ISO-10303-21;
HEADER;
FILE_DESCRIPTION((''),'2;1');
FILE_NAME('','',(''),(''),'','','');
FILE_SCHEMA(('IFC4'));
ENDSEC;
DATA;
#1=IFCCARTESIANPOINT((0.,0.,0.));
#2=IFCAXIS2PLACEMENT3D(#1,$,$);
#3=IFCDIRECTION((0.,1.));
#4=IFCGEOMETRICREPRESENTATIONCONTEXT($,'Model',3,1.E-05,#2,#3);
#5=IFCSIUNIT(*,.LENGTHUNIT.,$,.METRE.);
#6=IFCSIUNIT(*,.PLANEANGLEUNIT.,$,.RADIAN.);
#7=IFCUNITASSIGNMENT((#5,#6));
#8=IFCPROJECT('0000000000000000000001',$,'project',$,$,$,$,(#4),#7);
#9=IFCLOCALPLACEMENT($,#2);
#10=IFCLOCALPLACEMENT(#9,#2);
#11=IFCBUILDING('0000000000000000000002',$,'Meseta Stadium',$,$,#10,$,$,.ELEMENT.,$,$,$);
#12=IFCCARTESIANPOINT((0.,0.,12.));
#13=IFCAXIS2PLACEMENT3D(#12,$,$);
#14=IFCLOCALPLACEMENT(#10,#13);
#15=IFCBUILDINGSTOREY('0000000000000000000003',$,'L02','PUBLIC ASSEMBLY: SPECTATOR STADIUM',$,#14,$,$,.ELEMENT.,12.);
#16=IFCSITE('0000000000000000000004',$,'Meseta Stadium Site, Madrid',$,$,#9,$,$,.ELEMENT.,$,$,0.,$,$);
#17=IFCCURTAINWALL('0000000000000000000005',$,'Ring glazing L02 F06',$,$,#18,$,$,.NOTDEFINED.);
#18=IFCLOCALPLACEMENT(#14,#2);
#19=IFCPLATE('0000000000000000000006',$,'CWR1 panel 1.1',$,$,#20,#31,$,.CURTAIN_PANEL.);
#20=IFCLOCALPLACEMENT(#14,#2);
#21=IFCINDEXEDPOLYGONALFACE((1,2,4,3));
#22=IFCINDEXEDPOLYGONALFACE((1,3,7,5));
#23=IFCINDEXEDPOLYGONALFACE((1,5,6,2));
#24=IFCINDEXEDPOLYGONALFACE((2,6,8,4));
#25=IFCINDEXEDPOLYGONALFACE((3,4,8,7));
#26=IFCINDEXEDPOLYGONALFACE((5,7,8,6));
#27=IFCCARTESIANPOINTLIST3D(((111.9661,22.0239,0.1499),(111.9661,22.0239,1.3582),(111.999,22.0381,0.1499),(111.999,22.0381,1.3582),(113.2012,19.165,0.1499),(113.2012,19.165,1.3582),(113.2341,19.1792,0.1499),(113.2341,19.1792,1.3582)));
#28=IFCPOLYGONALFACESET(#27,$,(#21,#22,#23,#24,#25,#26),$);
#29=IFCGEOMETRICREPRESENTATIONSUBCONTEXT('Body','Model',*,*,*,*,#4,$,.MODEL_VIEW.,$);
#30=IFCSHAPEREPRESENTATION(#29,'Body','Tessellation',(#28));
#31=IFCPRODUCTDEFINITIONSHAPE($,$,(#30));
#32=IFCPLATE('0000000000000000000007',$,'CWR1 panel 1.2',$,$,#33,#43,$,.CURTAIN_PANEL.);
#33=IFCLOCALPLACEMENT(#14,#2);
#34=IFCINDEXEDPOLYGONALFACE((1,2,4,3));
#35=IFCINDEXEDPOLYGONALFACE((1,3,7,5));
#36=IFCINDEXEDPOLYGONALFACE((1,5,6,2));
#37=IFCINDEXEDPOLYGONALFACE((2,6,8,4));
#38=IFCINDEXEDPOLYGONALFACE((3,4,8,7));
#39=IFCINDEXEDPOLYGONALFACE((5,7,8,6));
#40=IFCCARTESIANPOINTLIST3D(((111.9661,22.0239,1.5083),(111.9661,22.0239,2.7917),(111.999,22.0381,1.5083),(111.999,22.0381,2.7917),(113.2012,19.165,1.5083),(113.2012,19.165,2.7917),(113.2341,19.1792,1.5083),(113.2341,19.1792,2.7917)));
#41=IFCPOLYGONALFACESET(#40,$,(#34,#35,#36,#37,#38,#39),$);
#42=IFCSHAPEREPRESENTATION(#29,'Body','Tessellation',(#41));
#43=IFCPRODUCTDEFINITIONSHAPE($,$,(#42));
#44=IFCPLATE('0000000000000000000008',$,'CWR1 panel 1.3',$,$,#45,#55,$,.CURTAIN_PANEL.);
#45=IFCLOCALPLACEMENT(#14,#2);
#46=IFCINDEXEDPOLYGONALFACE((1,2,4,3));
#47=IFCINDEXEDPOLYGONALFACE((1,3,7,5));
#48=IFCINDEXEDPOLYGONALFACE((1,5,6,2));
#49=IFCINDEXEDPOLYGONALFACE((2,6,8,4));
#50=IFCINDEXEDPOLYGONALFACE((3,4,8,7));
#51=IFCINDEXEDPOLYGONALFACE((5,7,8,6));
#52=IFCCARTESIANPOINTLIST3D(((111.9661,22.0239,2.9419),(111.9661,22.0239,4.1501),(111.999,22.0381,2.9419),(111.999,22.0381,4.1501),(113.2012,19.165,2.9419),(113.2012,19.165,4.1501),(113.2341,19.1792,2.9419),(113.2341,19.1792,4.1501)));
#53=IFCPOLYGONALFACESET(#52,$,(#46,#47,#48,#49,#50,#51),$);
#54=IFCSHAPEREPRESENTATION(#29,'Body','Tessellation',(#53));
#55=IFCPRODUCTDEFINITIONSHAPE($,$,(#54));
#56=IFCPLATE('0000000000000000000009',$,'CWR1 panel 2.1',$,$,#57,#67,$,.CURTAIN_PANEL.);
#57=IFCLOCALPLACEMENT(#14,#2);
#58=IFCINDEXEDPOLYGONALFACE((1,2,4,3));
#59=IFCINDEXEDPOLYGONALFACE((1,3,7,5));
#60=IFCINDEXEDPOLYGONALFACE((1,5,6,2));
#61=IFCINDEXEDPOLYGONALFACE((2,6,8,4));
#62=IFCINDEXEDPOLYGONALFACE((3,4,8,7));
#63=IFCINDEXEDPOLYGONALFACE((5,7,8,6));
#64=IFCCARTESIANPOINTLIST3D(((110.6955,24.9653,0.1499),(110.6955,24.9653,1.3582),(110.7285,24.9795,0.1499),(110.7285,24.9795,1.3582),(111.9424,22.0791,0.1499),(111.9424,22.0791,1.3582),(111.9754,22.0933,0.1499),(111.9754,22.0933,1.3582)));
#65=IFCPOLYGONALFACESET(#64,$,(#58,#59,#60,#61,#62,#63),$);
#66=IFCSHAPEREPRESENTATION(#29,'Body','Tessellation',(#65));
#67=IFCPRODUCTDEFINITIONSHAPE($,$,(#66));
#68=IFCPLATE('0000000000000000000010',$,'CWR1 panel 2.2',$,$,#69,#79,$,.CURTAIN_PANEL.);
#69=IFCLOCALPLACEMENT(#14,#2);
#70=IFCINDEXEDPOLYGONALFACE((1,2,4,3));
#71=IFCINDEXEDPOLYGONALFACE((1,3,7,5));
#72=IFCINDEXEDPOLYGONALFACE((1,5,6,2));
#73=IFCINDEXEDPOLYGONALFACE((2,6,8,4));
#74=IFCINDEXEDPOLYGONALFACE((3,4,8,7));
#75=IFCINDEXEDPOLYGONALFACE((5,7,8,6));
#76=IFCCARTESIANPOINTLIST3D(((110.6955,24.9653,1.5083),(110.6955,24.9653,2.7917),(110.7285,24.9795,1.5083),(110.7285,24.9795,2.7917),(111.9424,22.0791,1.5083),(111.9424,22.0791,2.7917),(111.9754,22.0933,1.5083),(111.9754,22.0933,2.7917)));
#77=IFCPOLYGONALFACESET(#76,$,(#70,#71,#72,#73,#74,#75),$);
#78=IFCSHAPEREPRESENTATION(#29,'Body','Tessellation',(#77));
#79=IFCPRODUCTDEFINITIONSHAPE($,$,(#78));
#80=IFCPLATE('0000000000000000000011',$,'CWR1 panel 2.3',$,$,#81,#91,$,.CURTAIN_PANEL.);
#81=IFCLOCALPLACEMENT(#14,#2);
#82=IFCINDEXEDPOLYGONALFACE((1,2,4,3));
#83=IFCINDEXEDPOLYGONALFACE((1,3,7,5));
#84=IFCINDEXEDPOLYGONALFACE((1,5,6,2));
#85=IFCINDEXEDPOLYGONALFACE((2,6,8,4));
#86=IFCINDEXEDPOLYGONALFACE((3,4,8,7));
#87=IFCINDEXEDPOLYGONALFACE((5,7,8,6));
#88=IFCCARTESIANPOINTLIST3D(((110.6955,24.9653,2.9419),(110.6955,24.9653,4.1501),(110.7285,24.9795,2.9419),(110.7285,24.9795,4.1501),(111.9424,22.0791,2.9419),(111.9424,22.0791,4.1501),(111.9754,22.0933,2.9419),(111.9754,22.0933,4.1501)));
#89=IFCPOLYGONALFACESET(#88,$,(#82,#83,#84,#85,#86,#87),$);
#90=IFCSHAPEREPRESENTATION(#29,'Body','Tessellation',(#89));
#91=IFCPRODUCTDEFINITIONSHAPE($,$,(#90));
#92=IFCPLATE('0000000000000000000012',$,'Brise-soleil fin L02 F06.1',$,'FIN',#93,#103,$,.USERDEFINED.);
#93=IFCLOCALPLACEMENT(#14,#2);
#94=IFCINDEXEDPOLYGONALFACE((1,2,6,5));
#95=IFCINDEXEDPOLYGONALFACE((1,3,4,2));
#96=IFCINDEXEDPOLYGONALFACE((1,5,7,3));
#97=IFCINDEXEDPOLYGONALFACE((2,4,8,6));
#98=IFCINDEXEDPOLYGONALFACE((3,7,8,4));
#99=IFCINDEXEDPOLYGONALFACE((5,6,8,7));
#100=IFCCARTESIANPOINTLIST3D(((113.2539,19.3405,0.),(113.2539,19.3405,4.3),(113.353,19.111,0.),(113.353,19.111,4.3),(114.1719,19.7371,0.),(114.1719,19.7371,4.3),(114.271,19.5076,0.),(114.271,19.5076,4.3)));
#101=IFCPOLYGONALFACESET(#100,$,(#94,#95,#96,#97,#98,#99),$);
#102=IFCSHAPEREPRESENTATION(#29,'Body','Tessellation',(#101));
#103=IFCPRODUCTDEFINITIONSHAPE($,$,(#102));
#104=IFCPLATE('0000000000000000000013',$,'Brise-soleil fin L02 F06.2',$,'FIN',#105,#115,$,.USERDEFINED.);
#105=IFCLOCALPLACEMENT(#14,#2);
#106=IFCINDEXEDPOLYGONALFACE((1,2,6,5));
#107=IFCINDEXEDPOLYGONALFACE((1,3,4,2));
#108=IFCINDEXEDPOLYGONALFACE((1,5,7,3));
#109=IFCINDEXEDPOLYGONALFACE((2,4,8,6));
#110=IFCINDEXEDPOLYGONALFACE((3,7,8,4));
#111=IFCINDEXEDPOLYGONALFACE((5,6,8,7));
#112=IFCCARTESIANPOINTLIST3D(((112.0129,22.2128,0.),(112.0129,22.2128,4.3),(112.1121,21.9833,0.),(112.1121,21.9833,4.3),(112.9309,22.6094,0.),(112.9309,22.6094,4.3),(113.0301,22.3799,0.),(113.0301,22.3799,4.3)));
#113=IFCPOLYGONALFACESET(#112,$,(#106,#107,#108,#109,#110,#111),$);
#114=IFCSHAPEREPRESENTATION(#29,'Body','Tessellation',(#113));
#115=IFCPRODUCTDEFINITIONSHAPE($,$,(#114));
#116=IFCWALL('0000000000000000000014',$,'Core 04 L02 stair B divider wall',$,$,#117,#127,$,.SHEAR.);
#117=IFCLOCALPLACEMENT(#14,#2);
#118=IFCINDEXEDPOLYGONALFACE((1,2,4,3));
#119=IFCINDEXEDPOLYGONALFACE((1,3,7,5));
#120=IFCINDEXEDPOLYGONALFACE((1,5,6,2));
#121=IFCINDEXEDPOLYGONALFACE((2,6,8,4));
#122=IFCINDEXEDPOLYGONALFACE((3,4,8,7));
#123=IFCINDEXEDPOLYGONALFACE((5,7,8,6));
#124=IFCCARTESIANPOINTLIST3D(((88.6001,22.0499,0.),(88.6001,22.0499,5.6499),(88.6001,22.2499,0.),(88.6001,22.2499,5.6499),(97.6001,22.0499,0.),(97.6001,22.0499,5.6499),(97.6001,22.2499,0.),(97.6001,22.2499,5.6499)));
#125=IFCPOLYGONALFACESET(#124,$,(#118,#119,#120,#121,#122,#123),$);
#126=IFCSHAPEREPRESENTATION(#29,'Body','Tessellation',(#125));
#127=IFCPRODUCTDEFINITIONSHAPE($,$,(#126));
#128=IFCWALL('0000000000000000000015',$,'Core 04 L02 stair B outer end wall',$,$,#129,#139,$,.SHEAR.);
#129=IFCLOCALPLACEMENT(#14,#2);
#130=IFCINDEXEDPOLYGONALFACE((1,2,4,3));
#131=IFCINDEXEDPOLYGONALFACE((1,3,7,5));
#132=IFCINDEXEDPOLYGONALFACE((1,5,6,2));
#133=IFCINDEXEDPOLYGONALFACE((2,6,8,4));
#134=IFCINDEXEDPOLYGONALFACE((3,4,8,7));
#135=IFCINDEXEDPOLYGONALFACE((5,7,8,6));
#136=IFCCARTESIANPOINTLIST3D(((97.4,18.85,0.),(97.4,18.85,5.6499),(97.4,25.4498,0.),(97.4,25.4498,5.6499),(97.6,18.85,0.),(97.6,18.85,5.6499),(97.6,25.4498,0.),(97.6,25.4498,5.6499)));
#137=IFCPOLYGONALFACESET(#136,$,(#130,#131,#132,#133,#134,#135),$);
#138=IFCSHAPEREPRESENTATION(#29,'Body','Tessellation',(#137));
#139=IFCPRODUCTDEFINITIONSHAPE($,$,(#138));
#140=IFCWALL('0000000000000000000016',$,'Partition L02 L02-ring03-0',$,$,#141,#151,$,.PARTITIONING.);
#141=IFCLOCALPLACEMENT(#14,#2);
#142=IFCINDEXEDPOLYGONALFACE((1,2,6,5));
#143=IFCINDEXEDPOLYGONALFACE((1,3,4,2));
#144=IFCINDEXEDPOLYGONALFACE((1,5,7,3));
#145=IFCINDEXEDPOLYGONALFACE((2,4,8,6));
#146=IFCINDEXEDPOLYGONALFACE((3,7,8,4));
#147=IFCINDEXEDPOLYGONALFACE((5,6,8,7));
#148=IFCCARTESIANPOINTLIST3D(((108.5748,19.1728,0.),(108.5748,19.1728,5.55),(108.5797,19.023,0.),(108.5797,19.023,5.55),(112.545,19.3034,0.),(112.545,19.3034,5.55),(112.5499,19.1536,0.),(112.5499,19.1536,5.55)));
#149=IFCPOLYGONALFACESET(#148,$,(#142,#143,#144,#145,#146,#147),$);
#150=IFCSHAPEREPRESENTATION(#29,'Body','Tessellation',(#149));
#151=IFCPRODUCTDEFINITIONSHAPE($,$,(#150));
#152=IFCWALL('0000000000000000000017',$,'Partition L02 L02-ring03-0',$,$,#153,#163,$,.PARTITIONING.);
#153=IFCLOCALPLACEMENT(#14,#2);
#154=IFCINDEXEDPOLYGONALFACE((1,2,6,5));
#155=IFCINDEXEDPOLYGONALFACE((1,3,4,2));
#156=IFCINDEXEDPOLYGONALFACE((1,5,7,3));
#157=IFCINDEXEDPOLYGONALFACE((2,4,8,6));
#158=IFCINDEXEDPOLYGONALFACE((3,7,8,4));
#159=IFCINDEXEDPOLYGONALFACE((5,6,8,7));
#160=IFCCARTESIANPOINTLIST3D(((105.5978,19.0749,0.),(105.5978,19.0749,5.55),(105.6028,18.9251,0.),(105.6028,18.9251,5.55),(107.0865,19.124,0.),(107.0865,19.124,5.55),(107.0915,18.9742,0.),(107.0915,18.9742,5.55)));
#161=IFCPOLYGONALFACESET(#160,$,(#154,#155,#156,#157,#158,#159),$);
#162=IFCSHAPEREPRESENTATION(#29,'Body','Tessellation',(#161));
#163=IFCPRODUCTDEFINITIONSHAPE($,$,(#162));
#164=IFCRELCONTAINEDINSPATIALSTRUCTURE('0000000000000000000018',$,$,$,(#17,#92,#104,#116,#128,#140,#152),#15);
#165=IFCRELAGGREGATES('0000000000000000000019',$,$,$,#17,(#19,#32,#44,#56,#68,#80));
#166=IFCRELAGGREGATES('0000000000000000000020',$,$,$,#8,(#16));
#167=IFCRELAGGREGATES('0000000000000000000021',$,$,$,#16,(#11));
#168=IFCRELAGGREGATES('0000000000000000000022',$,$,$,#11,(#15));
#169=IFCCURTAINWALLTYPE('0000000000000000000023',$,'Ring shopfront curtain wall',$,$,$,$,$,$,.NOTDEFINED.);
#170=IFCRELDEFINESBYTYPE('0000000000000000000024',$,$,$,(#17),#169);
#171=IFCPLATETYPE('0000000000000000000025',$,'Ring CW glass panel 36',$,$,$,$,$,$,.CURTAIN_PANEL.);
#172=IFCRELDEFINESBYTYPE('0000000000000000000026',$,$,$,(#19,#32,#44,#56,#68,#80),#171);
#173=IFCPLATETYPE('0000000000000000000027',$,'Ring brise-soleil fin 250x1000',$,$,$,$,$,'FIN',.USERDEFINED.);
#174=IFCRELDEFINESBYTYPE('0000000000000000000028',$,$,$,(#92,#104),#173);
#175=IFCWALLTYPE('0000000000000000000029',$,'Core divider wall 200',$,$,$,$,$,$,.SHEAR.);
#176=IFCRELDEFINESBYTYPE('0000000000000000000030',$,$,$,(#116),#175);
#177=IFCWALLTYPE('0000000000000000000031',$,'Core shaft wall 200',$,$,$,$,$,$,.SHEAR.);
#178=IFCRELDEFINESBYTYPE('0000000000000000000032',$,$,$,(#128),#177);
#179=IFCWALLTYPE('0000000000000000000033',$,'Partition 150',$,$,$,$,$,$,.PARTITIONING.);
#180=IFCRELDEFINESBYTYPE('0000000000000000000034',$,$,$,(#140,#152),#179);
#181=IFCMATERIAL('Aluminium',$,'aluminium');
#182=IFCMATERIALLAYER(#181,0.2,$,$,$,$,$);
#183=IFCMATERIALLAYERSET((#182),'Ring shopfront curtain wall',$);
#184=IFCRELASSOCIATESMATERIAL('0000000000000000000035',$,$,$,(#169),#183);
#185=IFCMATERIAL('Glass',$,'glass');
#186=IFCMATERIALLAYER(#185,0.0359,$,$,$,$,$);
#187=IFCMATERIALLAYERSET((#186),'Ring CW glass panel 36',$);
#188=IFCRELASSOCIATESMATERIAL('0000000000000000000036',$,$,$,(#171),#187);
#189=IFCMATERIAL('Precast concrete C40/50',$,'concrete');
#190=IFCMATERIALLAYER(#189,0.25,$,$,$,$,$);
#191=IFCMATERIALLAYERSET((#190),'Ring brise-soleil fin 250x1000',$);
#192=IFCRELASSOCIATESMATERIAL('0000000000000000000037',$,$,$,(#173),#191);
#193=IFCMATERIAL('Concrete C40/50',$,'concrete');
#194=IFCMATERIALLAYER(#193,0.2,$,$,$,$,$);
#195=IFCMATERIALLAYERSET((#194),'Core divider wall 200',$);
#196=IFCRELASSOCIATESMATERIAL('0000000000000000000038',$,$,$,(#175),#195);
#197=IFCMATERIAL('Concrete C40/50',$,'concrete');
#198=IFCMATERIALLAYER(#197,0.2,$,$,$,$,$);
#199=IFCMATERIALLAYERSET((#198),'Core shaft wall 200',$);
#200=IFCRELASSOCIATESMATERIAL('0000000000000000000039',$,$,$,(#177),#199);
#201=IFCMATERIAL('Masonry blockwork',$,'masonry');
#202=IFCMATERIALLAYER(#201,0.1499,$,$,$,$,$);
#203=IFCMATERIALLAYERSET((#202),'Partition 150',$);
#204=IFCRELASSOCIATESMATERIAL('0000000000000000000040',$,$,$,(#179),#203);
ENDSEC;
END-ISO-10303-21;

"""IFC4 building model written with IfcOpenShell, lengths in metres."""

from ifc_helpers import new_model, si_unit, direction, frame, frame_2d, origin, origin_2d, place, context, subcontext, project, spatial, rectangle, extrude, material, layer, layer_set, type_object, element, aggregate, save


model = new_model("IFC4")

# Units and contexts
model_context = context("Model", 3, precision=1e-05, world=origin(), true_north=direction((0.0, 1.0)))
body_context = subcontext(model_context, "Body", "Model", "MODEL_VIEW")
ifc_project = project(units=[si_unit("LENGTHUNIT", "METRE"), si_unit("PLANEANGLEUNIT", "RADIAN")], contexts=[model_context])

# Site, building, storey
site_placement = place(None, origin())
site = spatial("IfcSite", under=ifc_project, at=site_placement, Name="Meseta Stadium Site, Madrid", CompositionType="ELEMENT", RefElevation=0.0)
building_placement = place(site_placement, origin())
building = spatial("IfcBuilding", under=site, at=building_placement, Name="Meseta Stadium", CompositionType="ELEMENT")
storey_placement = place(building_placement, frame((0.0, 0.0, 12.0)))
storey = spatial("IfcBuildingStorey", under=building, at=storey_placement, Name="L02", Description="PUBLIC ASSEMBLY: SPECTATOR STADIUM", CompositionType="ELEMENT", Elevation=12.0)

# Curtain wall, plates
ifc_material_1 = material(Name="Aluminium", Category="aluminium")
ifc_layer_1 = layer(ifc_material_1, 0.2)
ifc_layer_set_1 = layer_set([ifc_layer_1], Name="Ring shopfront curtain wall")
curtain_wall_type = type_object("IfcCurtainWallType", Name="Ring shopfront curtain wall", PredefinedType="NOTDEFINED", material=ifc_layer_set_1)
curtain_wall_placement = place(storey_placement, origin())
curtain_wall = element("IfcCurtainWall", 1, at=curtain_wall_placement, inside=storey, type_object=curtain_wall_type, Name="Ring glazing L02 F06", PredefinedType="NOTDEFINED")
ifc_material_2 = material(Name="Glass", Category="glass")
ifc_layer_2 = layer(ifc_material_2, 0.0359)
ifc_layer_set_2 = layer_set([ifc_layer_2], Name="Ring CW glass panel 36")
plate_type_1 = type_object("IfcPlateType", Name="Ring CW glass panel 36", PredefinedType="CURTAIN_PANEL", material=ifc_layer_set_2)
plate_1_placement = place(storey_placement, frame((112.6001, 20.6016, 0.1499), z_axis=(0.0, 0.0, 1.0), x_axis=(-0.396581, 0.918, 0.0)))
plate_1 = element("IfcPlate", 2, at=plate_1_placement, type_object=plate_type_1, Name="CWR1 panel 1.1", PredefinedType="CURTAIN_PANEL", context=body_context, shape_type="SweptSolid", body=[
    extrude(rectangle(XDim=3.1143, YDim=0.0359, at=origin_2d()), origin(), (0.0, 0.0, 1.0), 1.2083),
])
plate_2_placement = place(storey_placement, frame((112.6001, 20.6016, 1.5083), z_axis=(0.0, 0.0, 1.0), x_axis=(-0.396581, 0.918, 0.0)))
plate_2 = element("IfcPlate", 3, at=plate_2_placement, type_object=plate_type_1, Name="CWR1 panel 1.2", PredefinedType="CURTAIN_PANEL", context=body_context, shape_type="SweptSolid", body=[
    extrude(rectangle(XDim=3.1143, YDim=0.0359, at=origin_2d()), origin(), (0.0, 0.0, 1.0), 1.2834),
])
plate_3_placement = place(storey_placement, frame((112.6001, 20.6016, 2.9419), z_axis=(0.0, 0.0, 1.0), x_axis=(-0.396581, 0.918, 0.0)))
plate_3 = element("IfcPlate", 4, at=plate_3_placement, type_object=plate_type_1, Name="CWR1 panel 1.3", PredefinedType="CURTAIN_PANEL", context=body_context, shape_type="SweptSolid", body=[
    extrude(rectangle(XDim=3.1143, YDim=0.0359, at=origin_2d()), origin(), (0.0, 0.0, 1.0), 1.2083),
])
plate_4_placement = place(storey_placement, frame((111.3354, 23.5293, 0.1499), z_axis=(0.0, 0.0, 1.0), x_axis=(-0.396581, 0.918, 0.0)))
plate_4 = element("IfcPlate", 5, at=plate_4_placement, type_object=plate_type_1, Name="CWR1 panel 2.1", PredefinedType="CURTAIN_PANEL", context=body_context, shape_type="SweptSolid", body=[
    extrude(rectangle(XDim=3.144, YDim=0.0359, at=origin_2d()), origin(), (0.0, 0.0, 1.0), 1.2083),
])
plate_5_placement = place(storey_placement, frame((111.3354, 23.5293, 1.5083), z_axis=(0.0, 0.0, 1.0), x_axis=(-0.396581, 0.918, 0.0)))
plate_5 = element("IfcPlate", 6, at=plate_5_placement, type_object=plate_type_1, Name="CWR1 panel 2.2", PredefinedType="CURTAIN_PANEL", context=body_context, shape_type="SweptSolid", body=[
    extrude(rectangle(XDim=3.144, YDim=0.0359, at=origin_2d()), origin(), (0.0, 0.0, 1.0), 1.2834),
])
plate_6_placement = place(storey_placement, frame((111.3354, 23.5293, 2.9419), z_axis=(0.0, 0.0, 1.0), x_axis=(-0.396581, 0.918, 0.0)))
plate_6 = element("IfcPlate", 7, at=plate_6_placement, type_object=plate_type_1, Name="CWR1 panel 2.3", PredefinedType="CURTAIN_PANEL", context=body_context, shape_type="SweptSolid", body=[
    extrude(rectangle(XDim=3.144, YDim=0.0359, at=origin_2d()), origin(), (0.0, 0.0, 1.0), 1.2083),
])
aggregate(curtain_wall, [plate_1, plate_2, plate_3, plate_4, plate_5, plate_6])

# Plates
ifc_material_3 = material(Name="Precast concrete C40/50", Category="concrete")
ifc_layer_3 = layer(ifc_material_3, 0.25)
ifc_layer_set_3 = layer_set([ifc_layer_3], Name="Ring brise-soleil fin 250x1000")
plate_type_2 = type_object("IfcPlateType", Name="Ring brise-soleil fin 250x1000", ElementType="FIN", PredefinedType="USERDEFINED", material=ifc_layer_set_3)
for number, where, z_axis, x_axis, name in (
    (8, (113.7625, 19.4241, 0.0), (0.0, 0.0, 1.0), (-0.396576, 0.918002, 0.0), "Brise-soleil fin L02 F06.1"),
    (9, (112.5215, 22.2964, 0.0), (0.0, 0.0, 1.0), (-0.396576, 0.918002, 0.0), "Brise-soleil fin L02 F06.2"),
):
    element("IfcPlate", number, at=place(storey_placement, frame(where, z_axis=z_axis, x_axis=x_axis)), inside=storey, type_object=plate_type_2, Name=name, ObjectType="FIN", PredefinedType="USERDEFINED", context=body_context, shape_type="SweptSolid", body=[
        extrude(rectangle(XDim=0.25, YDim=1.0, at=origin_2d()), origin(), (0.0, 0.0, 1.0), 4.3),
    ])

# Walls
ifc_material_4 = material(Name="Concrete C40/50", Category="concrete")
ifc_layer_4 = layer(ifc_material_4, 0.2)
ifc_layer_set_4 = layer_set([ifc_layer_4], Name="Core divider wall 200")
wall_type_1 = type_object("IfcWallType", Name="Core divider wall 200", PredefinedType="SHEAR", material=ifc_layer_set_4)
wall_1_placement = place(storey_placement, frame((97.6001, 22.1499, 0.0), z_axis=(0.0, 0.0, 1.0), x_axis=(-1.0, 0.0, 0.0)))
element("IfcWall", 10, at=wall_1_placement, inside=storey, type_object=wall_type_1, Name="Core 04 L02 stair B divider wall", PredefinedType="SHEAR", context=body_context, shape_type="SweptSolid", body=[
    extrude(rectangle(XDim=9.0, YDim=0.2, at=frame_2d((4.5, 0.0))), origin(), (0.0, 0.0, 1.0), 5.6499),
])
ifc_material_5 = material(Name="Concrete C40/50", Category="concrete")
ifc_layer_5 = layer(ifc_material_5, 0.2)
ifc_layer_set_5 = layer_set([ifc_layer_5], Name="Core shaft wall 200")
wall_type_2 = type_object("IfcWallType", Name="Core shaft wall 200", PredefinedType="SHEAR", material=ifc_layer_set_5)
wall_2_placement = place(storey_placement, frame((97.5, 18.8501, 0.0), z_axis=(0.0, 0.0, 1.0), x_axis=(0.0, 1.0, 0.0)))
element("IfcWall", 11, at=wall_2_placement, inside=storey, type_object=wall_type_2, Name="Core 04 L02 stair B outer end wall", PredefinedType="SHEAR", context=body_context, shape_type="SweptSolid", body=[
    extrude(rectangle(XDim=6.5999, YDim=0.2, at=frame_2d((3.2998, 0.0))), origin(), (0.0, 0.0, 1.0), 5.6499),
])
ifc_material_6 = material(Name="Masonry blockwork", Category="masonry")
ifc_layer_6 = layer(ifc_material_6, 0.1499)
ifc_layer_set_6 = layer_set([ifc_layer_6], Name="Partition 150")
wall_type_3 = type_object("IfcWallType", Name="Partition 150", PredefinedType="PARTITIONING", material=ifc_layer_set_6)
wall_3_placement = place(storey_placement, frame((112.5476, 19.2285, 0.0), z_axis=(0.0, 0.0, 1.0), x_axis=(-0.999459, -0.032881, 0.0)))
element("IfcWall", 12, at=wall_3_placement, inside=storey, type_object=wall_type_3, Name="Partition L02 L02-ring03-0", PredefinedType="PARTITIONING", context=body_context, shape_type="SweptSolid", body=[
    extrude(rectangle(XDim=3.9724, YDim=0.1499, at=frame_2d((1.9863, 0.0))), origin(), (0.0, 0.0, 1.0), 5.55),
])
wall_4_placement = place(storey_placement, frame((107.0889, 19.0491, 0.0), z_axis=(0.0, 0.0, 1.0), x_axis=(-0.999457, -0.032944, 0.0)))
element("IfcWall", 13, at=wall_4_placement, inside=storey, type_object=wall_type_3, Name="Partition L02 L02-ring03-0", PredefinedType="PARTITIONING", context=body_context, shape_type="SweptSolid", body=[
    extrude(rectangle(XDim=1.4895, YDim=0.1499, at=frame_2d((0.7446, 0.0))), origin(), (0.0, 0.0, 1.0), 5.55),
])

save(model, "model.ifc")
